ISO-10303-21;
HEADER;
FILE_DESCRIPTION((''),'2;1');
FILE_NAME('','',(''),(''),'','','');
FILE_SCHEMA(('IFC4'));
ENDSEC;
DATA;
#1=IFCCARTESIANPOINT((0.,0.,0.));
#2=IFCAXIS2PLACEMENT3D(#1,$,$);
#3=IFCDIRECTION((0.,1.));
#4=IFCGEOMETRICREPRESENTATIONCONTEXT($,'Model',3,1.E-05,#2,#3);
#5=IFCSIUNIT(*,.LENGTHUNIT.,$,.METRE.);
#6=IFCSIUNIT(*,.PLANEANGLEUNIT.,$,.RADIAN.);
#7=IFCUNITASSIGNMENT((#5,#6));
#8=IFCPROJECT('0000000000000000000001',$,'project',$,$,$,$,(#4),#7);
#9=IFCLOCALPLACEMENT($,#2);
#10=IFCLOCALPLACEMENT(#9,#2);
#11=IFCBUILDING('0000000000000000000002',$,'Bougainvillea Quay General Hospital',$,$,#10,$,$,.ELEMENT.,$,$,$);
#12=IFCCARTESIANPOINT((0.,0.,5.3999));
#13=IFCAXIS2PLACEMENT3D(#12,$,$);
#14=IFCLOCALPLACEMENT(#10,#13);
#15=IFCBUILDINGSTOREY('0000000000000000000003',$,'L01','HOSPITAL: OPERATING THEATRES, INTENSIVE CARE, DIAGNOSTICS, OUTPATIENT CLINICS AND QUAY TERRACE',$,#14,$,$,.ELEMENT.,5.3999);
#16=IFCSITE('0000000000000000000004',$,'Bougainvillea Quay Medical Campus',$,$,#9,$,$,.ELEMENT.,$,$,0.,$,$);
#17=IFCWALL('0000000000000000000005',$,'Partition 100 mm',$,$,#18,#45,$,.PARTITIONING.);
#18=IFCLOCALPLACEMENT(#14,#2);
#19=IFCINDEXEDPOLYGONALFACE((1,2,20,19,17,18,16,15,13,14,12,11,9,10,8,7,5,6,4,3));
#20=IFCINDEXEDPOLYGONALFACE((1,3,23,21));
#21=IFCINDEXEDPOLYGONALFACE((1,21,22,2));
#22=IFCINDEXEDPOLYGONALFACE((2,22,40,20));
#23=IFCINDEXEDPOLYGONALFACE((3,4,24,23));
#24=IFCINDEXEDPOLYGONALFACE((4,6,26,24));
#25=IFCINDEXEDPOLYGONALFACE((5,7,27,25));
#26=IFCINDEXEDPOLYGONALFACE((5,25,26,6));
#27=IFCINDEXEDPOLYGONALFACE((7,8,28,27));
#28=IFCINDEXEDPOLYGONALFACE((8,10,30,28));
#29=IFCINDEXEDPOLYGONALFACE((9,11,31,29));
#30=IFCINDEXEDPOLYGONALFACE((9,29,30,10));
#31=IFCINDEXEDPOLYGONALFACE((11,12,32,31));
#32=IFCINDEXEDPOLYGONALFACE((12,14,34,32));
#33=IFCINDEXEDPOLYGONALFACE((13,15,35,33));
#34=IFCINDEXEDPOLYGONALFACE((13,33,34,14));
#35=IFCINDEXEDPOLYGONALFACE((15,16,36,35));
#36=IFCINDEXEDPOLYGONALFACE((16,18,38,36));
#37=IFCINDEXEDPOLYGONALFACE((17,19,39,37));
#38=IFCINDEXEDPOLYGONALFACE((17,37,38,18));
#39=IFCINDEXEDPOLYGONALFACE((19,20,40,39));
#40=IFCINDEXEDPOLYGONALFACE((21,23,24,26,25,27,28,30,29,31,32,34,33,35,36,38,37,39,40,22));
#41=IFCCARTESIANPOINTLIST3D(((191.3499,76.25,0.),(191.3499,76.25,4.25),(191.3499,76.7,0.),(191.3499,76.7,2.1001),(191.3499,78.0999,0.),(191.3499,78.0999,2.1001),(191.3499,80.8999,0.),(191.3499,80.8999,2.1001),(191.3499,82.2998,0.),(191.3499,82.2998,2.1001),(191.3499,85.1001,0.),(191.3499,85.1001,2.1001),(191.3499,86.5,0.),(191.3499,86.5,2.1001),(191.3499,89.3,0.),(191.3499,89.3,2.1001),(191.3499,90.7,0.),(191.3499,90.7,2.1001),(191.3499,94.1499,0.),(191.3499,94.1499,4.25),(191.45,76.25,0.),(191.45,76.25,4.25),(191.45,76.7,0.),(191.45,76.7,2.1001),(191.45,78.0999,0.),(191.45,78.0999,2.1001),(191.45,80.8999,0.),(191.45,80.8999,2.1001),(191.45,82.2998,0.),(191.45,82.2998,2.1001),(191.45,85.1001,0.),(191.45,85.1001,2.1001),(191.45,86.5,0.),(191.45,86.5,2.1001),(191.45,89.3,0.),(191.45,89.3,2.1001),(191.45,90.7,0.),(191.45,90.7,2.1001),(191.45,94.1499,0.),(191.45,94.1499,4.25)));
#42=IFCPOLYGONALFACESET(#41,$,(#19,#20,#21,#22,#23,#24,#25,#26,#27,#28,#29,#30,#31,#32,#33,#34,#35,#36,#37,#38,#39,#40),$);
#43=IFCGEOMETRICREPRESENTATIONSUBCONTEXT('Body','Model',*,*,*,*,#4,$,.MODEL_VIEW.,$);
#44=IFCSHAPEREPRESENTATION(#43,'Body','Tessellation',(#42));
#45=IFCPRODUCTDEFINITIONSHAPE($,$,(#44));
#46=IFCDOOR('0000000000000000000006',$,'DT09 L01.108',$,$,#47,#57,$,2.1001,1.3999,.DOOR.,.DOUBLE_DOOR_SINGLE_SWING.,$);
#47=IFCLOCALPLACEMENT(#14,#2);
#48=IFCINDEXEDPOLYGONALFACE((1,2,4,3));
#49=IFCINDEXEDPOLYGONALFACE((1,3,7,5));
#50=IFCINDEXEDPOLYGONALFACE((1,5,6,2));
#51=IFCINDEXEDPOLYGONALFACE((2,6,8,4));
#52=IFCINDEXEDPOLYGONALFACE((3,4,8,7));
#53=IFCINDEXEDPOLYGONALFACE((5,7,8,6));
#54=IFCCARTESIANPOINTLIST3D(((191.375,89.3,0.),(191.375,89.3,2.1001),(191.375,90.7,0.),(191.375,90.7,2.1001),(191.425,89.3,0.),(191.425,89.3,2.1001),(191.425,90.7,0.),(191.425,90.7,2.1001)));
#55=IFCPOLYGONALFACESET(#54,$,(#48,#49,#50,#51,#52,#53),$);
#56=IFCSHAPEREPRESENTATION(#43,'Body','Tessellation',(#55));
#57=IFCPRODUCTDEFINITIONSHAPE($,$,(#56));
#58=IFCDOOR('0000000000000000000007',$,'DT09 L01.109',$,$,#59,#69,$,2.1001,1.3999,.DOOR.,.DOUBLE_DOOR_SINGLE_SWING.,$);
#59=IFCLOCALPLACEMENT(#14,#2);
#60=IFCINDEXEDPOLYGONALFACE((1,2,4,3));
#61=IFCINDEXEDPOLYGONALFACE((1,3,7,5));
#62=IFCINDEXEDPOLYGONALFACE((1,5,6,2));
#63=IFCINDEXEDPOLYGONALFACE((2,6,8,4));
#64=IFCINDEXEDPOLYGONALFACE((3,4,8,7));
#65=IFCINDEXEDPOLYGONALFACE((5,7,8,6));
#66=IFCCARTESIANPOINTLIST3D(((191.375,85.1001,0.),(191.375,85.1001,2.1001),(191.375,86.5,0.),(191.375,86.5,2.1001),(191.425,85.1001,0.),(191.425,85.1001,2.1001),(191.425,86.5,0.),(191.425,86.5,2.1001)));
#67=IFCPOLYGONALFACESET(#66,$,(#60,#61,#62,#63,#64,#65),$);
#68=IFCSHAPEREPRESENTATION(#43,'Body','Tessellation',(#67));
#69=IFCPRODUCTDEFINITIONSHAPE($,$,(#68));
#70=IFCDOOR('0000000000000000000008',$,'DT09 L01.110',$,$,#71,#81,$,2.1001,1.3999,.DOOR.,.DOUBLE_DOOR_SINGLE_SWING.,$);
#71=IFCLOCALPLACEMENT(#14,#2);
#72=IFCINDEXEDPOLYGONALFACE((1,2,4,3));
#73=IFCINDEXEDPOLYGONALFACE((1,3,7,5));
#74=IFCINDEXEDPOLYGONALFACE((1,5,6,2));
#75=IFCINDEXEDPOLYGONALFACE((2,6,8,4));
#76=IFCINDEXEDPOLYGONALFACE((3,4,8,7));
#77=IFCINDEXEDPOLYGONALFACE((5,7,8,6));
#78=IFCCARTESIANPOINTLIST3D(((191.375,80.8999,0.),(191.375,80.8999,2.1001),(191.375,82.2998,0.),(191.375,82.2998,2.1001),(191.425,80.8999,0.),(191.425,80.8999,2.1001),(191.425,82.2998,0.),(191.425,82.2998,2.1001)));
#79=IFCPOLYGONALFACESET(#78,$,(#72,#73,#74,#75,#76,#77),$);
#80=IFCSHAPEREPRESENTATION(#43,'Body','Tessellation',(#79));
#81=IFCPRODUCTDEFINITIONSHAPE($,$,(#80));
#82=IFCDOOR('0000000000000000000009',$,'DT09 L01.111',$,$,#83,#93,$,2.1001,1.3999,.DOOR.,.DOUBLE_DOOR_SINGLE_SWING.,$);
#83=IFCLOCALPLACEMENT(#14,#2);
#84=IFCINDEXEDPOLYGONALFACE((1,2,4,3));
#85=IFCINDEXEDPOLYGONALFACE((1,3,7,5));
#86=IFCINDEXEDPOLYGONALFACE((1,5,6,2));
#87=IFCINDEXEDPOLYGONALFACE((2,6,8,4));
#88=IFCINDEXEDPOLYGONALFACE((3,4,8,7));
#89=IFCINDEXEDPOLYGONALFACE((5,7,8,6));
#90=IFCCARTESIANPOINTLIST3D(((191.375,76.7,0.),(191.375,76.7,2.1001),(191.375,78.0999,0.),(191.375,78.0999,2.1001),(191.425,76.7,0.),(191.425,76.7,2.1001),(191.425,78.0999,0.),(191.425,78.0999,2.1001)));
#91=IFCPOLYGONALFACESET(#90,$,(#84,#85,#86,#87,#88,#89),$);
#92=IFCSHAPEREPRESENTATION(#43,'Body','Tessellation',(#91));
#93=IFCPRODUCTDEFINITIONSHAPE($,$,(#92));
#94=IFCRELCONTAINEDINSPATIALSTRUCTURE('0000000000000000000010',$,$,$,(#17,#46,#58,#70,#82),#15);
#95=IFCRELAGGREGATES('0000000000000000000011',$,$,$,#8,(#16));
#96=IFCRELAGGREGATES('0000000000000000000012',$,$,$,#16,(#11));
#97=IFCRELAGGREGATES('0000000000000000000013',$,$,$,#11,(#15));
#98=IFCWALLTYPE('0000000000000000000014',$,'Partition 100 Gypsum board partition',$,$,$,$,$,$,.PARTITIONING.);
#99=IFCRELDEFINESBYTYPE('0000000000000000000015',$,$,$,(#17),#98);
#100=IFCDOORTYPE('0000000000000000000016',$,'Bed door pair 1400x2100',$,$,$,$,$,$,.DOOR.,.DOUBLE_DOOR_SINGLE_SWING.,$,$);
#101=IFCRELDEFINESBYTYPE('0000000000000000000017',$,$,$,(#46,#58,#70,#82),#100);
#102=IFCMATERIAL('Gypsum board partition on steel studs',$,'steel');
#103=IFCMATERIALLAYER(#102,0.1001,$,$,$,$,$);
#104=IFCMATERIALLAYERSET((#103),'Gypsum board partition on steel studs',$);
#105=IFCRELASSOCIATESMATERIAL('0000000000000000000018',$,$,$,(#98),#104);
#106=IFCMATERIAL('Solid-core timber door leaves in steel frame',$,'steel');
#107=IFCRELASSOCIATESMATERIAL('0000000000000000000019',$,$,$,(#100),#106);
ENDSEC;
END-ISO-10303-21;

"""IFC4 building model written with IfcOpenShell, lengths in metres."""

from ifc_helpers import new_model, si_unit, direction, frame, frame_2d, origin, place, context, subcontext, project, spatial, rectangle, extrude, material, layer, layer_set, type_object, element, fill, save


model = new_model("IFC4")

# Units and contexts
model_context = context("Model", 3, precision=1e-05, world=origin(), true_north=direction((0.0, 1.0)))
body_context = subcontext(model_context, "Body", "Model", "MODEL_VIEW")
ifc_project = project(units=[si_unit("LENGTHUNIT", "METRE"), si_unit("PLANEANGLEUNIT", "RADIAN")], contexts=[model_context])

# Site, building, storey
site_placement = place(None, origin())
site = spatial("IfcSite", under=ifc_project, at=site_placement, Name="Bougainvillea Quay Medical Campus", CompositionType="ELEMENT", RefElevation=0.0)
building_placement = place(site_placement, origin())
building = spatial("IfcBuilding", under=site, at=building_placement, Name="Bougainvillea Quay General Hospital", CompositionType="ELEMENT")
storey_placement = place(building_placement, frame((0.0, 0.0, 5.3999)))
storey = spatial("IfcBuildingStorey", under=building, at=storey_placement, Name="L01", Description="HOSPITAL: OPERATING THEATRES, INTENSIVE CARE, DIAGNOSTICS, OUTPATIENT CLINICS AND QUAY TERRACE", CompositionType="ELEMENT", Elevation=5.3999)

# Wall, openings, doors
ifc_material_1 = material(Name="Gypsum board partition on steel studs", Category="steel")
ifc_layer_1 = layer(ifc_material_1, 0.1001)
ifc_layer_set_1 = layer_set([ifc_layer_1], Name="Gypsum board partition on steel studs")
wall_type_1 = type_object("IfcWallType", Name="Partition 100 Gypsum board partition", PredefinedType="PARTITIONING", material=ifc_layer_set_1)
wall_1_placement = place(storey_placement, frame((191.3999, 94.1499, 0.0), z_axis=(0.0, 0.0, 1.0), x_axis=(0.0, -1.0, 0.0)))
wall_1 = element("IfcWall", 1, at=wall_1_placement, inside=storey, type_object=wall_type_1, Name="Partition 100 mm", PredefinedType="PARTITIONING", context=body_context, shape_type="SweptSolid", body=[
    extrude(rectangle(XDim=17.8999, YDim=0.1001, at=frame_2d((8.95, 0.0))), origin(), (0.0, 0.0, 1.0), 4.25),
])
opening_1_placement = place(wall_1_placement, frame((3.45, 0.0, 0.0)))
opening_1 = element("IfcOpeningElement", 2, at=opening_1_placement, cuts=wall_1, PredefinedType="OPENING", context=body_context, shape_type="SweptSolid", body=[
    extrude(rectangle(XDim=1.3999, YDim=2.1001, at=frame_2d((0.7, 1.05))), frame((0.0, 0.0601, 0.0), z_axis=(0.0, -1.0, 0.0), x_axis=(1.0, 0.0, 0.0)), (0.0, 0.0, 1.0), 0.1201),
])
opening_2_placement = place(wall_1_placement, frame((7.6499, 0.0, 0.0)))
opening_2 = element("IfcOpeningElement", 3, at=opening_2_placement, cuts=wall_1, PredefinedType="OPENING", context=body_context, shape_type="SweptSolid", body=[
    extrude(rectangle(XDim=1.3999, YDim=2.1001, at=frame_2d((0.7, 1.05))), frame((0.0, 0.0601, 0.0), z_axis=(0.0, -1.0, 0.0), x_axis=(1.0, 0.0, 0.0)), (0.0, 0.0, 1.0), 0.1201),
])
opening_3_placement = place(wall_1_placement, frame((11.8501, 0.0, 0.0)))
opening_3 = element("IfcOpeningElement", 4, at=opening_3_placement, cuts=wall_1, PredefinedType="OPENING", context=body_context, shape_type="SweptSolid", body=[
    extrude(rectangle(XDim=1.3999, YDim=2.1001, at=frame_2d((0.7, 1.05))), frame((0.0, 0.0601, 0.0), z_axis=(0.0, -1.0, 0.0), x_axis=(1.0, 0.0, 0.0)), (0.0, 0.0, 1.0), 0.1201),
])
opening_4_placement = place(wall_1_placement, frame((16.05, 0.0, 0.0)))
opening_4 = element("IfcOpeningElement", 5, at=opening_4_placement, cuts=wall_1, PredefinedType="OPENING", context=body_context, shape_type="SweptSolid", body=[
    extrude(rectangle(XDim=1.3999, YDim=2.1001, at=frame_2d((0.7, 1.05))), frame((0.0, 0.0601, 0.0), z_axis=(0.0, -1.0, 0.0), x_axis=(1.0, 0.0, 0.0)), (0.0, 0.0, 1.0), 0.1201),
])
ifc_material_2 = material(Name="Solid-core timber door leaves in steel frame", Category="steel")
door_type_1 = type_object("IfcDoorType", Name="Bed door pair 1400x2100", OperationType="DOUBLE_DOOR_SINGLE_SWING", PredefinedType="DOOR", material=ifc_material_2)
door_1_placement = place(opening_1_placement, frame((1.3999, 0.0, 0.0), z_axis=(0.0, 0.0, 1.0), x_axis=(-1.0, 0.0, 0.0)))
door_1 = element("IfcDoor", 6, at=door_1_placement, inside=storey, type_object=door_type_1, Name="DT09 L01.108", OperationType="DOUBLE_DOOR_SINGLE_SWING", OverallHeight=2.1001, OverallWidth=1.3999, PredefinedType="DOOR", context=body_context, shape_type="SweptSolid", body=[
    extrude(rectangle(XDim=1.3999, YDim=2.1001, at=frame_2d((0.7, 1.05))), frame((0.0, 0.0249, 0.0), z_axis=(0.0, -1.0, 0.0), x_axis=(1.0, 0.0, 0.0)), (0.0, 0.0, 1.0), 0.05),
])
fill(opening_1, door_1)
door_2_placement = place(opening_2_placement, frame((1.3999, 0.0, 0.0), z_axis=(0.0, 0.0, 1.0), x_axis=(-1.0, 0.0, 0.0)))
door_2 = element("IfcDoor", 7, at=door_2_placement, inside=storey, type_object=door_type_1, Name="DT09 L01.109", OperationType="DOUBLE_DOOR_SINGLE_SWING", OverallHeight=2.1001, OverallWidth=1.3999, PredefinedType="DOOR", context=body_context, shape_type="SweptSolid", body=[
    extrude(rectangle(XDim=1.3999, YDim=2.1001, at=frame_2d((0.7, 1.05))), frame((0.0, 0.0249, 0.0), z_axis=(0.0, -1.0, 0.0), x_axis=(1.0, 0.0, 0.0)), (0.0, 0.0, 1.0), 0.05),
])
fill(opening_2, door_2)
door_3_placement = place(opening_3_placement, frame((1.3999, 0.0, 0.0), z_axis=(0.0, 0.0, 1.0), x_axis=(-1.0, 0.0, 0.0)))
door_3 = element("IfcDoor", 8, at=door_3_placement, inside=storey, type_object=door_type_1, Name="DT09 L01.110", OperationType="DOUBLE_DOOR_SINGLE_SWING", OverallHeight=2.1001, OverallWidth=1.3999, PredefinedType="DOOR", context=body_context, shape_type="SweptSolid", body=[
    extrude(rectangle(XDim=1.3999, YDim=2.1001, at=frame_2d((0.7, 1.05))), frame((0.0, 0.0249, 0.0), z_axis=(0.0, -1.0, 0.0), x_axis=(1.0, 0.0, 0.0)), (0.0, 0.0, 1.0), 0.05),
])
fill(opening_3, door_3)
door_4_placement = place(opening_4_placement, frame((1.3999, 0.0, 0.0), z_axis=(0.0, 0.0, 1.0), x_axis=(-1.0, 0.0, 0.0)))
door_4 = element("IfcDoor", 9, at=door_4_placement, inside=storey, type_object=door_type_1, Name="DT09 L01.111", OperationType="DOUBLE_DOOR_SINGLE_SWING", OverallHeight=2.1001, OverallWidth=1.3999, PredefinedType="DOOR", context=body_context, shape_type="SweptSolid", body=[
    extrude(rectangle(XDim=1.3999, YDim=2.1001, at=frame_2d((0.7, 1.05))), frame((0.0, 0.0249, 0.0), z_axis=(0.0, -1.0, 0.0), x_axis=(1.0, 0.0, 0.0)), (0.0, 0.0, 1.0), 0.05),
])
fill(opening_4, door_4)

save(model, "model.ifc")
